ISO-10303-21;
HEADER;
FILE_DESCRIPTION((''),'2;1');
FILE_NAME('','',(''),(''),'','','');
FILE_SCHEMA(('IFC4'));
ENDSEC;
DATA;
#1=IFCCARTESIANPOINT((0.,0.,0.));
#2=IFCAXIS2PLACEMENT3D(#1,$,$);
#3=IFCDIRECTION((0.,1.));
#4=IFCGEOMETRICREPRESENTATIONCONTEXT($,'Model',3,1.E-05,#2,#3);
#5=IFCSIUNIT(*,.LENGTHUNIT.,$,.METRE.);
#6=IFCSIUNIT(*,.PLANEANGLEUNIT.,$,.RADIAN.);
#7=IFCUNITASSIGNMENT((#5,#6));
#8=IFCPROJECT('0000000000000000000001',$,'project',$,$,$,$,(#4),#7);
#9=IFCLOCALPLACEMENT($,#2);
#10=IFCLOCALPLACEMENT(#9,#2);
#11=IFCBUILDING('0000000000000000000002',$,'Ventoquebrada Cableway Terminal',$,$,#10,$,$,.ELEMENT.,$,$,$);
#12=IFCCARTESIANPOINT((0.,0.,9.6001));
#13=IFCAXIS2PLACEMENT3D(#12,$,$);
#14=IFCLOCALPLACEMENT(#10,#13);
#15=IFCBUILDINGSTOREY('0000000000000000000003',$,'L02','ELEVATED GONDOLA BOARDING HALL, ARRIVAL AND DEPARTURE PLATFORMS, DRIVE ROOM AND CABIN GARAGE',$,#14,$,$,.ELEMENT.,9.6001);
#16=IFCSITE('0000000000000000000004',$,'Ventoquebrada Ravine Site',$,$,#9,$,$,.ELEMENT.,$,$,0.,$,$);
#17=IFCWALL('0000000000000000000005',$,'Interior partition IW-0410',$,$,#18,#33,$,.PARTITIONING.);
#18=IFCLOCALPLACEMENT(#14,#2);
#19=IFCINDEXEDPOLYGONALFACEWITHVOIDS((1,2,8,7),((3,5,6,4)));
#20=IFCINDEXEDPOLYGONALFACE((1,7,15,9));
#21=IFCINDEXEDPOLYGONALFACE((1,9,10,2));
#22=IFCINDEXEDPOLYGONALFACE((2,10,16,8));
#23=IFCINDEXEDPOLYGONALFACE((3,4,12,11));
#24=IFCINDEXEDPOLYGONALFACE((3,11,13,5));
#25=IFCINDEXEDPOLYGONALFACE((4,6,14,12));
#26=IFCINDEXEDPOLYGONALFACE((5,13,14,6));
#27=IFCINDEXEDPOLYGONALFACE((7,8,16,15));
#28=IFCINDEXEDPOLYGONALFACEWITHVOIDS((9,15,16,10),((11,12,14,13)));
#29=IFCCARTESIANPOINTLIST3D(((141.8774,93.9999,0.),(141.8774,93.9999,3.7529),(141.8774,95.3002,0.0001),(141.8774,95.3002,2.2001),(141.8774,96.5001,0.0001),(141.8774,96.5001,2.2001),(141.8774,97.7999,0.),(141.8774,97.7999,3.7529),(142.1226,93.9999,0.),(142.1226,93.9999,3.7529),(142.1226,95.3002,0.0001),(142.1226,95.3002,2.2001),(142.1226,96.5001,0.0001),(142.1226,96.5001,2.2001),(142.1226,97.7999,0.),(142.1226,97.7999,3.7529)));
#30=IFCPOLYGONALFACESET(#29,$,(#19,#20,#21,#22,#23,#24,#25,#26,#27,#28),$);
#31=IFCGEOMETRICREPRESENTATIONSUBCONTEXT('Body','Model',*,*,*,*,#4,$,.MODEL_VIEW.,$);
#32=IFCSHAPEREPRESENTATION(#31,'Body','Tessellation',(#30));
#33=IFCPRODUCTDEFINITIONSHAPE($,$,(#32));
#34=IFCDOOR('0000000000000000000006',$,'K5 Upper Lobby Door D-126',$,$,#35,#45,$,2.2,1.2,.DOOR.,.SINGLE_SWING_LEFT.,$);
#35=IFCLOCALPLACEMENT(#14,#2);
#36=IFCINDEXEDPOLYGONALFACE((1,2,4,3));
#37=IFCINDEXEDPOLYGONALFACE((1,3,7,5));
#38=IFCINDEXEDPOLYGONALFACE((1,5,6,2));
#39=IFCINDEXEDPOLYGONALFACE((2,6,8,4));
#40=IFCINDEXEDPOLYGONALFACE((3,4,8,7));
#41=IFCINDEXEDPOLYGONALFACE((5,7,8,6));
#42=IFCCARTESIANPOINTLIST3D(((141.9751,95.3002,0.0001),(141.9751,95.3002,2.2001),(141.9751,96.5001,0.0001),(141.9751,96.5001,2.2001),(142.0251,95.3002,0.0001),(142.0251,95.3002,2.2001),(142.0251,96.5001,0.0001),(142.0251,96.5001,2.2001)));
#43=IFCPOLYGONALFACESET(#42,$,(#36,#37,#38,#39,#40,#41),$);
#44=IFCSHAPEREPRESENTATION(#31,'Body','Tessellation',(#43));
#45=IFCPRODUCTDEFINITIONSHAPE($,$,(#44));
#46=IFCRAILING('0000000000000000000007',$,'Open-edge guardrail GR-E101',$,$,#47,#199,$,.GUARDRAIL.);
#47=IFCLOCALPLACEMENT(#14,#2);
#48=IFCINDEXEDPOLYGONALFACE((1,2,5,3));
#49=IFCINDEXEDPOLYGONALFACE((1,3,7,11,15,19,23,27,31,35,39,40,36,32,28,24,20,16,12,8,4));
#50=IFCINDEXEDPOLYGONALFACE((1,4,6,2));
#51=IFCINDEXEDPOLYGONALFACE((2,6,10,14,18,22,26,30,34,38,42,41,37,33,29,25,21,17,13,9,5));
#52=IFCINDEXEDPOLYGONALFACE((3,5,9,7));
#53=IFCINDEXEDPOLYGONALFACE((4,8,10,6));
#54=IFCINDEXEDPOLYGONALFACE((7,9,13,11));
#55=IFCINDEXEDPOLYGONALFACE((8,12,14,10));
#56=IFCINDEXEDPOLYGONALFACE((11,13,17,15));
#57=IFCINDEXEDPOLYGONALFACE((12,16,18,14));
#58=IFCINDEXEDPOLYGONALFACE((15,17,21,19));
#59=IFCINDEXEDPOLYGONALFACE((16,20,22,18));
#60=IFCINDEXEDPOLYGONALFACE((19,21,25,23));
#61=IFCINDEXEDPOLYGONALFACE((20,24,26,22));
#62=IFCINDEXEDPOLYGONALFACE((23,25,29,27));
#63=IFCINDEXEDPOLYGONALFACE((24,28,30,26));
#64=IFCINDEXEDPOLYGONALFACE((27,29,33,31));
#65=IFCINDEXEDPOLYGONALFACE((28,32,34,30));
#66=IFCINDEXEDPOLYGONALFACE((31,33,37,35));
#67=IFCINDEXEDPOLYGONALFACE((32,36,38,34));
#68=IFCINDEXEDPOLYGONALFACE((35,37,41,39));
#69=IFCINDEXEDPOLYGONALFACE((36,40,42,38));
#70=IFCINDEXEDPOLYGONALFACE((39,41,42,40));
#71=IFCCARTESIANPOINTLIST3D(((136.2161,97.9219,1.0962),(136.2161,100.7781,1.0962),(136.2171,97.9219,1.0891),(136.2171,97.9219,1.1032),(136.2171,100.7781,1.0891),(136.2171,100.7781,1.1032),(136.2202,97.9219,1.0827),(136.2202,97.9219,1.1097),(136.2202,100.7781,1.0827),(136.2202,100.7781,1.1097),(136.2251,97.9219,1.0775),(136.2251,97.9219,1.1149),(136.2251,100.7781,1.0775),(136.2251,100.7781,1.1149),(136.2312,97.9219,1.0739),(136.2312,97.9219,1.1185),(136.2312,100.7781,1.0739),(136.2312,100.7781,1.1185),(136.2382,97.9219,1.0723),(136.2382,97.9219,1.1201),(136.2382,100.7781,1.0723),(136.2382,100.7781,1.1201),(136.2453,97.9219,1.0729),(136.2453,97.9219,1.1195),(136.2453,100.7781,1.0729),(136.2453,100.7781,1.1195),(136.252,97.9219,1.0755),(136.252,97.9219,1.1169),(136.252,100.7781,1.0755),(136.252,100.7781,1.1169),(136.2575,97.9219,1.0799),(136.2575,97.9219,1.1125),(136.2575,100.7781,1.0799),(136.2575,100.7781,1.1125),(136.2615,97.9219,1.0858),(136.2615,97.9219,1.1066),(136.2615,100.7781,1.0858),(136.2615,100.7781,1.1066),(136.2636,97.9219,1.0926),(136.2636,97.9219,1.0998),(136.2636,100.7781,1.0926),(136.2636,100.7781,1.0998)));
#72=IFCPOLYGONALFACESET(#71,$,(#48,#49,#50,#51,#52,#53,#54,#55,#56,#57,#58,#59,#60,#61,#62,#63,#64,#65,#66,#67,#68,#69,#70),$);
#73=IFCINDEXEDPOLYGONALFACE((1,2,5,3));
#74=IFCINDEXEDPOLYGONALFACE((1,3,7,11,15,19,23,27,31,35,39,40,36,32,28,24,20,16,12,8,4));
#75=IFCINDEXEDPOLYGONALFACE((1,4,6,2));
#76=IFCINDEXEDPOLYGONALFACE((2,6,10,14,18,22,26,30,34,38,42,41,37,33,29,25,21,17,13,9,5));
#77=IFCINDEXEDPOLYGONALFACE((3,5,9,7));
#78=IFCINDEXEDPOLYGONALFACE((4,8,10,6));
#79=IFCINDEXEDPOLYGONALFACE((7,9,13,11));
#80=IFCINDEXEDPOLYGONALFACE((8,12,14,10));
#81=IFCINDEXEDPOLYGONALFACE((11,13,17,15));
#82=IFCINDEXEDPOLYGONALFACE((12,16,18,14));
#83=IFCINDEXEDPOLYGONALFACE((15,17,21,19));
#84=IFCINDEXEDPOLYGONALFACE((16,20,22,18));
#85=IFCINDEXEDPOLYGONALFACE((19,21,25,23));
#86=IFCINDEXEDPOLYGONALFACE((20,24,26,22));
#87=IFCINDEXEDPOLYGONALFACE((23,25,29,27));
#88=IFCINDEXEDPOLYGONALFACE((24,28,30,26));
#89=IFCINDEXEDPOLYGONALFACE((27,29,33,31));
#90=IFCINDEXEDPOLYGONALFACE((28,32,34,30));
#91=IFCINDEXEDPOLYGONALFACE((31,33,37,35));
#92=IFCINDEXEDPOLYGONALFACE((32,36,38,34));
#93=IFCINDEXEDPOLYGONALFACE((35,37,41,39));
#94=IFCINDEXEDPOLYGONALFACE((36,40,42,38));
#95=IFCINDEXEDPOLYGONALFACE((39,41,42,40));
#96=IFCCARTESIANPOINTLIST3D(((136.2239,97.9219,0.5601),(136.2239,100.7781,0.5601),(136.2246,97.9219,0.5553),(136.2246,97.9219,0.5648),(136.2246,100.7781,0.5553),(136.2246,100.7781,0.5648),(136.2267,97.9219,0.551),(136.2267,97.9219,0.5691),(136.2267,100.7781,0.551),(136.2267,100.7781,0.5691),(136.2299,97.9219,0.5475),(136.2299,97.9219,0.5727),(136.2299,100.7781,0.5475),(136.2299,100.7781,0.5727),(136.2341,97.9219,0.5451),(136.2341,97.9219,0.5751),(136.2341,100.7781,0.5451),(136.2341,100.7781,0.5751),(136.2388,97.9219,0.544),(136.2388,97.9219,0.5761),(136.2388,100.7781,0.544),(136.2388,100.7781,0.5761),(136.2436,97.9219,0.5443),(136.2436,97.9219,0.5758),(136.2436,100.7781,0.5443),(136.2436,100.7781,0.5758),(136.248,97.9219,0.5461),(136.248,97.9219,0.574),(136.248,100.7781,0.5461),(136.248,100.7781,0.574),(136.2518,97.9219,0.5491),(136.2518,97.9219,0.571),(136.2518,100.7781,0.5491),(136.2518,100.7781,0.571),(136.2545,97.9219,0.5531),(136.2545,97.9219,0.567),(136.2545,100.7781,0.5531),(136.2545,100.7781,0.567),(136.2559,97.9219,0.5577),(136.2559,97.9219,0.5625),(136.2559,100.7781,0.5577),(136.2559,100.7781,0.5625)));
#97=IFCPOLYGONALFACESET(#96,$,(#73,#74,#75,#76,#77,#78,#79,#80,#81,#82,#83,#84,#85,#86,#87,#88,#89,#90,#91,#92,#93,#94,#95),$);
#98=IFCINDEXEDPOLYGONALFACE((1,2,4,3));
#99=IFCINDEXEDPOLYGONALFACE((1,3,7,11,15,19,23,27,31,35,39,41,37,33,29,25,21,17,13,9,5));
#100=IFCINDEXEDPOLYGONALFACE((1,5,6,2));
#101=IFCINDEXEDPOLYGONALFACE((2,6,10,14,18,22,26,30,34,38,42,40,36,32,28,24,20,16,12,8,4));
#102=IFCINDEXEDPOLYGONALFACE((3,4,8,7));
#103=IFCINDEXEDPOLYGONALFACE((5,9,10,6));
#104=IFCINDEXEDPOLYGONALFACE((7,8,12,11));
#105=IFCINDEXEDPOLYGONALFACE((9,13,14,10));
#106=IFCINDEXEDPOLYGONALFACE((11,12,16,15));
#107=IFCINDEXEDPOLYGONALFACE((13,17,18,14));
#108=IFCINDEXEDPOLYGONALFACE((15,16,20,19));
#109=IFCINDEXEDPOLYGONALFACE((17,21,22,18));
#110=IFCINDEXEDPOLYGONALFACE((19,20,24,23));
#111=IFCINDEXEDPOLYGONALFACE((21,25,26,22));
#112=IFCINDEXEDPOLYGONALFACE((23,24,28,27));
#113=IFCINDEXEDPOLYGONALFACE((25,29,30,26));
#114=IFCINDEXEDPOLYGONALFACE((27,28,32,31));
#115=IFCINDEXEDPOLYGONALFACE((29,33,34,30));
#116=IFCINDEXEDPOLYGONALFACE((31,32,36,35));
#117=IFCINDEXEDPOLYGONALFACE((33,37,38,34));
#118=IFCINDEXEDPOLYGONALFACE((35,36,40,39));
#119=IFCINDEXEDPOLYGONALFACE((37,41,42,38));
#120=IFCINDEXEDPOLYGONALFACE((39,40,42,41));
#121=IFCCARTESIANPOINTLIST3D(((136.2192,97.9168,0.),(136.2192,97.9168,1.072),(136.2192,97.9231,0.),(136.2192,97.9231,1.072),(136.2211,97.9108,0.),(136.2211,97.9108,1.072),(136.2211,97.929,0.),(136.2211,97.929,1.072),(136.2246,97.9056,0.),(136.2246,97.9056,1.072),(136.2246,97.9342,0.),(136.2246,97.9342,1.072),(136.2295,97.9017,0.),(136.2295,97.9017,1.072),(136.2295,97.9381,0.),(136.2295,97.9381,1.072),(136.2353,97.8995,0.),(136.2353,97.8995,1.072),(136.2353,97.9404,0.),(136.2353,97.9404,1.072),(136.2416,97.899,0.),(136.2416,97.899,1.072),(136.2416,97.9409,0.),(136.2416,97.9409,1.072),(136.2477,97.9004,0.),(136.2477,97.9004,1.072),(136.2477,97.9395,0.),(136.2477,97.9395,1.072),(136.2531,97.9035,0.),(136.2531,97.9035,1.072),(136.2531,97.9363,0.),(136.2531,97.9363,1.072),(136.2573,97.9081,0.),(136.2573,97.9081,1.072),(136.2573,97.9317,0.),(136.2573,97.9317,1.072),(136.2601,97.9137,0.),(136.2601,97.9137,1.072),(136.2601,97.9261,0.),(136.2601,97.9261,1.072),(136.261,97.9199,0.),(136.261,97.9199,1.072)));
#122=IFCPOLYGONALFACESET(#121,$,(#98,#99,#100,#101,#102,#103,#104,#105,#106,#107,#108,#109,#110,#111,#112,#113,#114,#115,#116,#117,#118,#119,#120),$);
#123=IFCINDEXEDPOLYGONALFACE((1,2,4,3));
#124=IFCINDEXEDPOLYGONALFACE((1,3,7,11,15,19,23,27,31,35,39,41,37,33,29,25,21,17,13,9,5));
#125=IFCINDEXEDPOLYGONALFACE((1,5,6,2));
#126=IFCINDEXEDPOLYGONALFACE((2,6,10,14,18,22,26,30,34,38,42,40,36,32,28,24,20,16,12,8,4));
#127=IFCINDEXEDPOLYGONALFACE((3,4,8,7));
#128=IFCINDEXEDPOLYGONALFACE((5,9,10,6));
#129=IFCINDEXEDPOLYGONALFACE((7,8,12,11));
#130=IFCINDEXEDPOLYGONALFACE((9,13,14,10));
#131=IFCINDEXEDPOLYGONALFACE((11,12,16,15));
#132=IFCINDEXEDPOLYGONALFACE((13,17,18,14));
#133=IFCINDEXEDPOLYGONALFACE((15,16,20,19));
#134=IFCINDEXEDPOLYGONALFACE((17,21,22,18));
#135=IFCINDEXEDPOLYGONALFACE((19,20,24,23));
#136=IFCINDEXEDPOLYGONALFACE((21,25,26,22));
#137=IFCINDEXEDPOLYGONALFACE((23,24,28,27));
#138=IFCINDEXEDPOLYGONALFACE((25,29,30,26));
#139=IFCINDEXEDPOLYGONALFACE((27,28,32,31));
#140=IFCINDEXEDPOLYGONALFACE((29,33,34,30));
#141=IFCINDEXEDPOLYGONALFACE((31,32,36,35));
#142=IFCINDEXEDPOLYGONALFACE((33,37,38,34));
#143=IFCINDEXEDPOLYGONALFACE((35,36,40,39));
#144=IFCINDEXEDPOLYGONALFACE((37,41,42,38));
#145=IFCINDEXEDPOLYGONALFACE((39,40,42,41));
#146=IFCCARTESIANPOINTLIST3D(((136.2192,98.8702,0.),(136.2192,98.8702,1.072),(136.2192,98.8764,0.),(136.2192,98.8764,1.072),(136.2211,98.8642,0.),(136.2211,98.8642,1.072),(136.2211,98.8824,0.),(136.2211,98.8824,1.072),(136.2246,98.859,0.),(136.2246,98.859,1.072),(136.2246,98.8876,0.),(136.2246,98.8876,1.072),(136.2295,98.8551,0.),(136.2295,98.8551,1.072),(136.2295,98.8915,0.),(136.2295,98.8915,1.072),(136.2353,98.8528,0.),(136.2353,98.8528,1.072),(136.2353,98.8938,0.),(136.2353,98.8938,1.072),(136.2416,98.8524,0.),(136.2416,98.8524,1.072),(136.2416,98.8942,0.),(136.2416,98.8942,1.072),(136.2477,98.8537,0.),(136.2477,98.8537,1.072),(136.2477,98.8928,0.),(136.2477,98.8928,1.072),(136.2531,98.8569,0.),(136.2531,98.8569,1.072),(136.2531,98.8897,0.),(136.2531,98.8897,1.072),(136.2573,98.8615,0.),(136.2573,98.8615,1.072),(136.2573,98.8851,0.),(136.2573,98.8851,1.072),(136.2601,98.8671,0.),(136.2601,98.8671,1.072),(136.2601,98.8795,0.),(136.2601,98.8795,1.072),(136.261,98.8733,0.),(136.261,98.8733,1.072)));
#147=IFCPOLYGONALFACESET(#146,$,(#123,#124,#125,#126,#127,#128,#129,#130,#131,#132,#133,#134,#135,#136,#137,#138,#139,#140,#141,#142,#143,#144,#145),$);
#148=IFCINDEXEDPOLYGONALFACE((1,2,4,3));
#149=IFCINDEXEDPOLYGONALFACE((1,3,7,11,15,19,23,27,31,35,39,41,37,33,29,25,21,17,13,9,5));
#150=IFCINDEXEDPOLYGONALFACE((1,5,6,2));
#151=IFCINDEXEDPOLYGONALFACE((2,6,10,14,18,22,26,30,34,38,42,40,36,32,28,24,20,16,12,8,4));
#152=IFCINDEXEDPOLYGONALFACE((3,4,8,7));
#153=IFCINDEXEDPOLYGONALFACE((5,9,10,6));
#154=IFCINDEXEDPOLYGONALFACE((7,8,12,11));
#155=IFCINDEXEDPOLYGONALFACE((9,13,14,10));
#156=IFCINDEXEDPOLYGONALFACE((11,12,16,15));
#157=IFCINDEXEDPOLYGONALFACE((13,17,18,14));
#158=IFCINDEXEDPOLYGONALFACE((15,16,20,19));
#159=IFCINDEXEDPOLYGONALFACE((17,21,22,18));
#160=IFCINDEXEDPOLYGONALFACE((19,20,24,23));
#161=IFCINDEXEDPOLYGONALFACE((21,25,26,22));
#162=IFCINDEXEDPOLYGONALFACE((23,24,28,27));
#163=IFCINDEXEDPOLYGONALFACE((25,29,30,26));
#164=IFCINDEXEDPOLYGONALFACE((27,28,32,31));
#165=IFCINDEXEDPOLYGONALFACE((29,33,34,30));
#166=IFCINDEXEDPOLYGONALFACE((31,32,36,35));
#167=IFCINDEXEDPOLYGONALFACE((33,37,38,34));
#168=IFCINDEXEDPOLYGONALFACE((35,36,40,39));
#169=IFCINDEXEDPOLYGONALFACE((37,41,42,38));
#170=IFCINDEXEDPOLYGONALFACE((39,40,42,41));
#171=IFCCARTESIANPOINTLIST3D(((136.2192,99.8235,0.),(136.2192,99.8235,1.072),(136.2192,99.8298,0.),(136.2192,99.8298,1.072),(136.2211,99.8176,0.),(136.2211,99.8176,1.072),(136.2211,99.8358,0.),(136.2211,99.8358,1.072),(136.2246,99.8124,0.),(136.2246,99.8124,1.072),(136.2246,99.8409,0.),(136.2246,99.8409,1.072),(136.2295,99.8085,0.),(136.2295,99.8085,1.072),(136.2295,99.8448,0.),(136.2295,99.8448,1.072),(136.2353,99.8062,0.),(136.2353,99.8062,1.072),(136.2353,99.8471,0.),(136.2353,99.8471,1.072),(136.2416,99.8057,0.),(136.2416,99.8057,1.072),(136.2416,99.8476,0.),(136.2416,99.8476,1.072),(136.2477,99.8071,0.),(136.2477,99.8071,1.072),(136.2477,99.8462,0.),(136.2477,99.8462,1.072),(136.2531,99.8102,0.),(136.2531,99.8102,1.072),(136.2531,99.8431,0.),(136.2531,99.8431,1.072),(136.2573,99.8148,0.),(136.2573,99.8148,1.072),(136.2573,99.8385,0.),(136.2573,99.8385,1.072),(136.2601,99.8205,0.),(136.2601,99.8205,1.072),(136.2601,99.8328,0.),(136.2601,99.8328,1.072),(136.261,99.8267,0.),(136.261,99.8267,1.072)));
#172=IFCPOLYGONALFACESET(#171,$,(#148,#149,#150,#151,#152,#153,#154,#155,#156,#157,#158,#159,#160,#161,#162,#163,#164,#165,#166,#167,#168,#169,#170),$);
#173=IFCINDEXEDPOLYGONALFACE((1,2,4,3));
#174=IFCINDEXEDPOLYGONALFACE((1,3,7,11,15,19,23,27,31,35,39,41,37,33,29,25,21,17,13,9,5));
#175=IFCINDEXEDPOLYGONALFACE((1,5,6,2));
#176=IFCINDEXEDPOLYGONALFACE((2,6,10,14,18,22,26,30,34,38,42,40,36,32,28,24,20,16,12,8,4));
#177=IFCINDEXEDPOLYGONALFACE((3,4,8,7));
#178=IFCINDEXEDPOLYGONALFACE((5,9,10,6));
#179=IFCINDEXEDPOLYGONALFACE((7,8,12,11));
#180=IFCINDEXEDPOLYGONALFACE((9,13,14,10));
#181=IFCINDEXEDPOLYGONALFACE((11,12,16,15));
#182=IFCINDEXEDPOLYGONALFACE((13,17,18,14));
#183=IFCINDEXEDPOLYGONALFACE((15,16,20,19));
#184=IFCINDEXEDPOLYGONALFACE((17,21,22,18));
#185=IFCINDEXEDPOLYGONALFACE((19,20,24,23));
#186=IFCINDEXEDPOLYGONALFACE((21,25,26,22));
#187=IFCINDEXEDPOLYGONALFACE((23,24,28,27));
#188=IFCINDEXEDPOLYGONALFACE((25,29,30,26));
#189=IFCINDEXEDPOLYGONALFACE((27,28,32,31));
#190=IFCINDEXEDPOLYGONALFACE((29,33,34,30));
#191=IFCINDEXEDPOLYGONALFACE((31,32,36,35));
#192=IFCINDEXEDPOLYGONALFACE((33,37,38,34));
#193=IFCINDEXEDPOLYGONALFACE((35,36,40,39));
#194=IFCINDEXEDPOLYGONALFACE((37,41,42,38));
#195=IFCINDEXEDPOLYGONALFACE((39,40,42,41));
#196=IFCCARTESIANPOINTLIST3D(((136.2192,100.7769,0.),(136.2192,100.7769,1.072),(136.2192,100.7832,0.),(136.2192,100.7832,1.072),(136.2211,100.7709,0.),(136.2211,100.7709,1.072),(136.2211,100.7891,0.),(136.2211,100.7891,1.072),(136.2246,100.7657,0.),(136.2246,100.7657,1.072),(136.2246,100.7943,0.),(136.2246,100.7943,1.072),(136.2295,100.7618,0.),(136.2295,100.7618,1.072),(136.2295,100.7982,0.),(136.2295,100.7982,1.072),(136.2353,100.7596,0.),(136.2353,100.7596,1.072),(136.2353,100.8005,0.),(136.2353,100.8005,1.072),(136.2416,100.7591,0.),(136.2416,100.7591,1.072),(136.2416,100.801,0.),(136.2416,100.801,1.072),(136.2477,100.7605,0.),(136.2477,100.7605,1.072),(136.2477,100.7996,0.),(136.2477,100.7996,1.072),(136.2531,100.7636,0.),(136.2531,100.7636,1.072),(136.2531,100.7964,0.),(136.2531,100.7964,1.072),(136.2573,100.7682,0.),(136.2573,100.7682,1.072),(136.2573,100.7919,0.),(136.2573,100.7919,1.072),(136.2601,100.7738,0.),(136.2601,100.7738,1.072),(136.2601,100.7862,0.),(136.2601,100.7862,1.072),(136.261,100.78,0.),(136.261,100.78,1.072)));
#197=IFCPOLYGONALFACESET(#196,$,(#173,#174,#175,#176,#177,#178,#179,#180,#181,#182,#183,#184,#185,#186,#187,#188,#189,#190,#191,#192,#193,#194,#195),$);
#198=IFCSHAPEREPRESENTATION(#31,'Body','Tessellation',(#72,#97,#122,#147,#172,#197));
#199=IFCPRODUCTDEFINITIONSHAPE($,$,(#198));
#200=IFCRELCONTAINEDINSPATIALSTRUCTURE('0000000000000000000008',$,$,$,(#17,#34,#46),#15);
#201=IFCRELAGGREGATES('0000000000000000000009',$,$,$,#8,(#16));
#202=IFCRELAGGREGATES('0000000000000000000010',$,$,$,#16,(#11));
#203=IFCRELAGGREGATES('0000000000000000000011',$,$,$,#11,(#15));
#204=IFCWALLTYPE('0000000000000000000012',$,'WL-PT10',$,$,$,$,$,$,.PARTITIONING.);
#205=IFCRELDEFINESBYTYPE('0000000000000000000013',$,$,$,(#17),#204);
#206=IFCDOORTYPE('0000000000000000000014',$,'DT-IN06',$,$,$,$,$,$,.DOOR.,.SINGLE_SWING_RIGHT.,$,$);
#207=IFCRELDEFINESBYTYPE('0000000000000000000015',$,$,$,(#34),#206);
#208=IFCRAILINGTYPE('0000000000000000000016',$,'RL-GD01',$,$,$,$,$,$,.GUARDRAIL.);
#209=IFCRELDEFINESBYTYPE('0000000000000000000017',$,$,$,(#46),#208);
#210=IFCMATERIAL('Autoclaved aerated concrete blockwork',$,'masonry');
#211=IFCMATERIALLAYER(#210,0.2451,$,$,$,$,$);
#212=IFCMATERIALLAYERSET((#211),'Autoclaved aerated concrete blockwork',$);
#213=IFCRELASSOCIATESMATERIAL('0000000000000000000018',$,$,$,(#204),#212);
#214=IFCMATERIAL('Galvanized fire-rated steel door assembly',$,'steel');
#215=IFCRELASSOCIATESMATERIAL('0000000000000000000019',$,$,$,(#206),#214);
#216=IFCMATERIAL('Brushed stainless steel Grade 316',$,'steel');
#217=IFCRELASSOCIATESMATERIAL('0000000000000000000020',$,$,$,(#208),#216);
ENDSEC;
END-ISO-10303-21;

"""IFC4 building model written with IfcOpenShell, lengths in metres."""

from ifc_helpers import new_model, si_unit, direction, frame, frame_2d, origin, origin_2d, place, context, subcontext, project, spatial, rectangle, circle, extrude, material, layer, layer_set, type_object, element, fill, save


model = new_model("IFC4")

# Units and contexts
model_context = context("Model", 3, precision=1e-05, world=origin(), true_north=direction((0.0, 1.0)))
body_context = subcontext(model_context, "Body", "Model", "MODEL_VIEW")
ifc_project = project(units=[si_unit("LENGTHUNIT", "METRE"), si_unit("PLANEANGLEUNIT", "RADIAN")], contexts=[model_context])

# Site, building, storey
site_placement = place(None, origin())
site = spatial("IfcSite", under=ifc_project, at=site_placement, Name="Ventoquebrada Ravine Site", CompositionType="ELEMENT", RefElevation=0.0)
building_placement = place(site_placement, origin())
building = spatial("IfcBuilding", under=site, at=building_placement, Name="Ventoquebrada Cableway Terminal", CompositionType="ELEMENT")
storey_placement = place(building_placement, frame((0.0, 0.0, 9.6001)))
storey = spatial("IfcBuildingStorey", under=building, at=storey_placement, Name="L02", Description="ELEVATED GONDOLA BOARDING HALL, ARRIVAL AND DEPARTURE PLATFORMS, DRIVE ROOM AND CABIN GARAGE", CompositionType="ELEMENT", Elevation=9.6001)

# Shared definitions
ifc_material_1 = material(Name="Galvanized fire-rated steel door assembly", Category="steel")

# Shared definitions
ifc_material_2 = material(Name="Brushed stainless steel Grade 316", Category="steel")

# Wall, opening, door
ifc_material_3 = material(Name="Autoclaved aerated concrete blockwork", Category="masonry")
ifc_layer_1 = layer(ifc_material_3, 0.2451)
ifc_layer_set_1 = layer_set([ifc_layer_1], Name="Autoclaved aerated concrete blockwork")
wall_type_1 = type_object("IfcWallType", Name="WL-PT10", PredefinedType="PARTITIONING", material=ifc_layer_set_1)
wall_1_placement = place(storey_placement, frame((142.0, 94.0, 0.0), z_axis=(0.0, 0.0, 1.0), x_axis=(0.0, 1.0, 0.0)))
wall_1 = element("IfcWall", 1, at=wall_1_placement, inside=storey, type_object=wall_type_1, Name="Interior partition IW-0410", PredefinedType="PARTITIONING", context=body_context, shape_type="SweptSolid", body=[
    extrude(rectangle(XDim=3.8, YDim=0.2451, at=frame_2d((1.8999, 0.0))), origin(), (0.0, 0.0, 1.0), 3.7529),
])
opening_1_placement = place(wall_1_placement, frame((1.3, 0.0, 0.0)))
opening_1 = element("IfcOpeningElement", 2, at=opening_1_placement, cuts=wall_1, PredefinedType="OPENING", context=body_context, shape_type="SweptSolid", body=[
    extrude(rectangle(XDim=1.2, YDim=2.2, at=frame_2d((0.6001, 1.1001))), frame((0.0, 0.1326, 0.0), z_axis=(0.0, -1.0, 0.0), x_axis=(1.0, 0.0, 0.0)), (0.0, 0.0, 1.0), 0.2651),
])
door_type_1 = type_object("IfcDoorType", Name="DT-IN06", OperationType="SINGLE_SWING_RIGHT", PredefinedType="DOOR", material=ifc_material_1)
door_1_placement = place(opening_1_placement, origin())
door_1 = element("IfcDoor", 3, at=door_1_placement, inside=storey, type_object=door_type_1, Name="K5 Upper Lobby Door D-126", OperationType="SINGLE_SWING_LEFT", OverallHeight=2.2, OverallWidth=1.2, PredefinedType="DOOR", context=body_context, shape_type="SweptSolid", body=[
    extrude(rectangle(XDim=1.2, YDim=2.2, at=frame_2d((0.6001, 1.1001))), frame((0.0, 0.0249, 0.0), z_axis=(0.0, -1.0, 0.0), x_axis=(1.0, 0.0, 0.0)), (0.0, 0.0, 1.0), 0.05),
])
fill(opening_1, door_1)

# Railing
railing_type = type_object("IfcRailingType", Name="RL-GD01", PredefinedType="GUARDRAIL", material=ifc_material_2)
railing_placement = place(storey_placement, frame((136.24, 97.9199, 0.0)))
element("IfcRailing", 4, at=railing_placement, inside=storey, type_object=railing_type, Name="Open-edge guardrail GR-E101", PredefinedType="GUARDRAIL", context=body_context, shape_type="SweptSolid", body=[
    extrude(circle(Radius=0.0239, at=origin_2d()), frame((0.0, 0.002, 1.0962), z_axis=(0.0, 1.0, 0.0), x_axis=(-1.0, 0.0, 0.0)), (0.0, 0.0, 1.0), 2.8562),
    extrude(circle(Radius=0.0161, at=origin_2d()), frame((0.0, 0.002, 0.5601), z_axis=(0.0, 1.0, 0.0), x_axis=(-1.0, 0.0, 0.0)), (0.0, 0.0, 1.0), 2.8562),
    extrude(circle(Radius=0.021, at=origin_2d()), origin(), (0.0, 0.0, 1.0), 1.072),
    extrude(circle(Radius=0.021, at=origin_2d()), frame((0.0, 0.9534, 0.0)), (0.0, 0.0, 1.0), 1.072),
    extrude(circle(Radius=0.021, at=origin_2d()), frame((0.0, 1.9067, 0.0)), (0.0, 0.0, 1.0), 1.072),
    extrude(circle(Radius=0.021, at=origin_2d()), frame((0.0, 2.8601, 0.0)), (0.0, 0.0, 1.0), 1.072),
])

save(model, "model.ifc")
